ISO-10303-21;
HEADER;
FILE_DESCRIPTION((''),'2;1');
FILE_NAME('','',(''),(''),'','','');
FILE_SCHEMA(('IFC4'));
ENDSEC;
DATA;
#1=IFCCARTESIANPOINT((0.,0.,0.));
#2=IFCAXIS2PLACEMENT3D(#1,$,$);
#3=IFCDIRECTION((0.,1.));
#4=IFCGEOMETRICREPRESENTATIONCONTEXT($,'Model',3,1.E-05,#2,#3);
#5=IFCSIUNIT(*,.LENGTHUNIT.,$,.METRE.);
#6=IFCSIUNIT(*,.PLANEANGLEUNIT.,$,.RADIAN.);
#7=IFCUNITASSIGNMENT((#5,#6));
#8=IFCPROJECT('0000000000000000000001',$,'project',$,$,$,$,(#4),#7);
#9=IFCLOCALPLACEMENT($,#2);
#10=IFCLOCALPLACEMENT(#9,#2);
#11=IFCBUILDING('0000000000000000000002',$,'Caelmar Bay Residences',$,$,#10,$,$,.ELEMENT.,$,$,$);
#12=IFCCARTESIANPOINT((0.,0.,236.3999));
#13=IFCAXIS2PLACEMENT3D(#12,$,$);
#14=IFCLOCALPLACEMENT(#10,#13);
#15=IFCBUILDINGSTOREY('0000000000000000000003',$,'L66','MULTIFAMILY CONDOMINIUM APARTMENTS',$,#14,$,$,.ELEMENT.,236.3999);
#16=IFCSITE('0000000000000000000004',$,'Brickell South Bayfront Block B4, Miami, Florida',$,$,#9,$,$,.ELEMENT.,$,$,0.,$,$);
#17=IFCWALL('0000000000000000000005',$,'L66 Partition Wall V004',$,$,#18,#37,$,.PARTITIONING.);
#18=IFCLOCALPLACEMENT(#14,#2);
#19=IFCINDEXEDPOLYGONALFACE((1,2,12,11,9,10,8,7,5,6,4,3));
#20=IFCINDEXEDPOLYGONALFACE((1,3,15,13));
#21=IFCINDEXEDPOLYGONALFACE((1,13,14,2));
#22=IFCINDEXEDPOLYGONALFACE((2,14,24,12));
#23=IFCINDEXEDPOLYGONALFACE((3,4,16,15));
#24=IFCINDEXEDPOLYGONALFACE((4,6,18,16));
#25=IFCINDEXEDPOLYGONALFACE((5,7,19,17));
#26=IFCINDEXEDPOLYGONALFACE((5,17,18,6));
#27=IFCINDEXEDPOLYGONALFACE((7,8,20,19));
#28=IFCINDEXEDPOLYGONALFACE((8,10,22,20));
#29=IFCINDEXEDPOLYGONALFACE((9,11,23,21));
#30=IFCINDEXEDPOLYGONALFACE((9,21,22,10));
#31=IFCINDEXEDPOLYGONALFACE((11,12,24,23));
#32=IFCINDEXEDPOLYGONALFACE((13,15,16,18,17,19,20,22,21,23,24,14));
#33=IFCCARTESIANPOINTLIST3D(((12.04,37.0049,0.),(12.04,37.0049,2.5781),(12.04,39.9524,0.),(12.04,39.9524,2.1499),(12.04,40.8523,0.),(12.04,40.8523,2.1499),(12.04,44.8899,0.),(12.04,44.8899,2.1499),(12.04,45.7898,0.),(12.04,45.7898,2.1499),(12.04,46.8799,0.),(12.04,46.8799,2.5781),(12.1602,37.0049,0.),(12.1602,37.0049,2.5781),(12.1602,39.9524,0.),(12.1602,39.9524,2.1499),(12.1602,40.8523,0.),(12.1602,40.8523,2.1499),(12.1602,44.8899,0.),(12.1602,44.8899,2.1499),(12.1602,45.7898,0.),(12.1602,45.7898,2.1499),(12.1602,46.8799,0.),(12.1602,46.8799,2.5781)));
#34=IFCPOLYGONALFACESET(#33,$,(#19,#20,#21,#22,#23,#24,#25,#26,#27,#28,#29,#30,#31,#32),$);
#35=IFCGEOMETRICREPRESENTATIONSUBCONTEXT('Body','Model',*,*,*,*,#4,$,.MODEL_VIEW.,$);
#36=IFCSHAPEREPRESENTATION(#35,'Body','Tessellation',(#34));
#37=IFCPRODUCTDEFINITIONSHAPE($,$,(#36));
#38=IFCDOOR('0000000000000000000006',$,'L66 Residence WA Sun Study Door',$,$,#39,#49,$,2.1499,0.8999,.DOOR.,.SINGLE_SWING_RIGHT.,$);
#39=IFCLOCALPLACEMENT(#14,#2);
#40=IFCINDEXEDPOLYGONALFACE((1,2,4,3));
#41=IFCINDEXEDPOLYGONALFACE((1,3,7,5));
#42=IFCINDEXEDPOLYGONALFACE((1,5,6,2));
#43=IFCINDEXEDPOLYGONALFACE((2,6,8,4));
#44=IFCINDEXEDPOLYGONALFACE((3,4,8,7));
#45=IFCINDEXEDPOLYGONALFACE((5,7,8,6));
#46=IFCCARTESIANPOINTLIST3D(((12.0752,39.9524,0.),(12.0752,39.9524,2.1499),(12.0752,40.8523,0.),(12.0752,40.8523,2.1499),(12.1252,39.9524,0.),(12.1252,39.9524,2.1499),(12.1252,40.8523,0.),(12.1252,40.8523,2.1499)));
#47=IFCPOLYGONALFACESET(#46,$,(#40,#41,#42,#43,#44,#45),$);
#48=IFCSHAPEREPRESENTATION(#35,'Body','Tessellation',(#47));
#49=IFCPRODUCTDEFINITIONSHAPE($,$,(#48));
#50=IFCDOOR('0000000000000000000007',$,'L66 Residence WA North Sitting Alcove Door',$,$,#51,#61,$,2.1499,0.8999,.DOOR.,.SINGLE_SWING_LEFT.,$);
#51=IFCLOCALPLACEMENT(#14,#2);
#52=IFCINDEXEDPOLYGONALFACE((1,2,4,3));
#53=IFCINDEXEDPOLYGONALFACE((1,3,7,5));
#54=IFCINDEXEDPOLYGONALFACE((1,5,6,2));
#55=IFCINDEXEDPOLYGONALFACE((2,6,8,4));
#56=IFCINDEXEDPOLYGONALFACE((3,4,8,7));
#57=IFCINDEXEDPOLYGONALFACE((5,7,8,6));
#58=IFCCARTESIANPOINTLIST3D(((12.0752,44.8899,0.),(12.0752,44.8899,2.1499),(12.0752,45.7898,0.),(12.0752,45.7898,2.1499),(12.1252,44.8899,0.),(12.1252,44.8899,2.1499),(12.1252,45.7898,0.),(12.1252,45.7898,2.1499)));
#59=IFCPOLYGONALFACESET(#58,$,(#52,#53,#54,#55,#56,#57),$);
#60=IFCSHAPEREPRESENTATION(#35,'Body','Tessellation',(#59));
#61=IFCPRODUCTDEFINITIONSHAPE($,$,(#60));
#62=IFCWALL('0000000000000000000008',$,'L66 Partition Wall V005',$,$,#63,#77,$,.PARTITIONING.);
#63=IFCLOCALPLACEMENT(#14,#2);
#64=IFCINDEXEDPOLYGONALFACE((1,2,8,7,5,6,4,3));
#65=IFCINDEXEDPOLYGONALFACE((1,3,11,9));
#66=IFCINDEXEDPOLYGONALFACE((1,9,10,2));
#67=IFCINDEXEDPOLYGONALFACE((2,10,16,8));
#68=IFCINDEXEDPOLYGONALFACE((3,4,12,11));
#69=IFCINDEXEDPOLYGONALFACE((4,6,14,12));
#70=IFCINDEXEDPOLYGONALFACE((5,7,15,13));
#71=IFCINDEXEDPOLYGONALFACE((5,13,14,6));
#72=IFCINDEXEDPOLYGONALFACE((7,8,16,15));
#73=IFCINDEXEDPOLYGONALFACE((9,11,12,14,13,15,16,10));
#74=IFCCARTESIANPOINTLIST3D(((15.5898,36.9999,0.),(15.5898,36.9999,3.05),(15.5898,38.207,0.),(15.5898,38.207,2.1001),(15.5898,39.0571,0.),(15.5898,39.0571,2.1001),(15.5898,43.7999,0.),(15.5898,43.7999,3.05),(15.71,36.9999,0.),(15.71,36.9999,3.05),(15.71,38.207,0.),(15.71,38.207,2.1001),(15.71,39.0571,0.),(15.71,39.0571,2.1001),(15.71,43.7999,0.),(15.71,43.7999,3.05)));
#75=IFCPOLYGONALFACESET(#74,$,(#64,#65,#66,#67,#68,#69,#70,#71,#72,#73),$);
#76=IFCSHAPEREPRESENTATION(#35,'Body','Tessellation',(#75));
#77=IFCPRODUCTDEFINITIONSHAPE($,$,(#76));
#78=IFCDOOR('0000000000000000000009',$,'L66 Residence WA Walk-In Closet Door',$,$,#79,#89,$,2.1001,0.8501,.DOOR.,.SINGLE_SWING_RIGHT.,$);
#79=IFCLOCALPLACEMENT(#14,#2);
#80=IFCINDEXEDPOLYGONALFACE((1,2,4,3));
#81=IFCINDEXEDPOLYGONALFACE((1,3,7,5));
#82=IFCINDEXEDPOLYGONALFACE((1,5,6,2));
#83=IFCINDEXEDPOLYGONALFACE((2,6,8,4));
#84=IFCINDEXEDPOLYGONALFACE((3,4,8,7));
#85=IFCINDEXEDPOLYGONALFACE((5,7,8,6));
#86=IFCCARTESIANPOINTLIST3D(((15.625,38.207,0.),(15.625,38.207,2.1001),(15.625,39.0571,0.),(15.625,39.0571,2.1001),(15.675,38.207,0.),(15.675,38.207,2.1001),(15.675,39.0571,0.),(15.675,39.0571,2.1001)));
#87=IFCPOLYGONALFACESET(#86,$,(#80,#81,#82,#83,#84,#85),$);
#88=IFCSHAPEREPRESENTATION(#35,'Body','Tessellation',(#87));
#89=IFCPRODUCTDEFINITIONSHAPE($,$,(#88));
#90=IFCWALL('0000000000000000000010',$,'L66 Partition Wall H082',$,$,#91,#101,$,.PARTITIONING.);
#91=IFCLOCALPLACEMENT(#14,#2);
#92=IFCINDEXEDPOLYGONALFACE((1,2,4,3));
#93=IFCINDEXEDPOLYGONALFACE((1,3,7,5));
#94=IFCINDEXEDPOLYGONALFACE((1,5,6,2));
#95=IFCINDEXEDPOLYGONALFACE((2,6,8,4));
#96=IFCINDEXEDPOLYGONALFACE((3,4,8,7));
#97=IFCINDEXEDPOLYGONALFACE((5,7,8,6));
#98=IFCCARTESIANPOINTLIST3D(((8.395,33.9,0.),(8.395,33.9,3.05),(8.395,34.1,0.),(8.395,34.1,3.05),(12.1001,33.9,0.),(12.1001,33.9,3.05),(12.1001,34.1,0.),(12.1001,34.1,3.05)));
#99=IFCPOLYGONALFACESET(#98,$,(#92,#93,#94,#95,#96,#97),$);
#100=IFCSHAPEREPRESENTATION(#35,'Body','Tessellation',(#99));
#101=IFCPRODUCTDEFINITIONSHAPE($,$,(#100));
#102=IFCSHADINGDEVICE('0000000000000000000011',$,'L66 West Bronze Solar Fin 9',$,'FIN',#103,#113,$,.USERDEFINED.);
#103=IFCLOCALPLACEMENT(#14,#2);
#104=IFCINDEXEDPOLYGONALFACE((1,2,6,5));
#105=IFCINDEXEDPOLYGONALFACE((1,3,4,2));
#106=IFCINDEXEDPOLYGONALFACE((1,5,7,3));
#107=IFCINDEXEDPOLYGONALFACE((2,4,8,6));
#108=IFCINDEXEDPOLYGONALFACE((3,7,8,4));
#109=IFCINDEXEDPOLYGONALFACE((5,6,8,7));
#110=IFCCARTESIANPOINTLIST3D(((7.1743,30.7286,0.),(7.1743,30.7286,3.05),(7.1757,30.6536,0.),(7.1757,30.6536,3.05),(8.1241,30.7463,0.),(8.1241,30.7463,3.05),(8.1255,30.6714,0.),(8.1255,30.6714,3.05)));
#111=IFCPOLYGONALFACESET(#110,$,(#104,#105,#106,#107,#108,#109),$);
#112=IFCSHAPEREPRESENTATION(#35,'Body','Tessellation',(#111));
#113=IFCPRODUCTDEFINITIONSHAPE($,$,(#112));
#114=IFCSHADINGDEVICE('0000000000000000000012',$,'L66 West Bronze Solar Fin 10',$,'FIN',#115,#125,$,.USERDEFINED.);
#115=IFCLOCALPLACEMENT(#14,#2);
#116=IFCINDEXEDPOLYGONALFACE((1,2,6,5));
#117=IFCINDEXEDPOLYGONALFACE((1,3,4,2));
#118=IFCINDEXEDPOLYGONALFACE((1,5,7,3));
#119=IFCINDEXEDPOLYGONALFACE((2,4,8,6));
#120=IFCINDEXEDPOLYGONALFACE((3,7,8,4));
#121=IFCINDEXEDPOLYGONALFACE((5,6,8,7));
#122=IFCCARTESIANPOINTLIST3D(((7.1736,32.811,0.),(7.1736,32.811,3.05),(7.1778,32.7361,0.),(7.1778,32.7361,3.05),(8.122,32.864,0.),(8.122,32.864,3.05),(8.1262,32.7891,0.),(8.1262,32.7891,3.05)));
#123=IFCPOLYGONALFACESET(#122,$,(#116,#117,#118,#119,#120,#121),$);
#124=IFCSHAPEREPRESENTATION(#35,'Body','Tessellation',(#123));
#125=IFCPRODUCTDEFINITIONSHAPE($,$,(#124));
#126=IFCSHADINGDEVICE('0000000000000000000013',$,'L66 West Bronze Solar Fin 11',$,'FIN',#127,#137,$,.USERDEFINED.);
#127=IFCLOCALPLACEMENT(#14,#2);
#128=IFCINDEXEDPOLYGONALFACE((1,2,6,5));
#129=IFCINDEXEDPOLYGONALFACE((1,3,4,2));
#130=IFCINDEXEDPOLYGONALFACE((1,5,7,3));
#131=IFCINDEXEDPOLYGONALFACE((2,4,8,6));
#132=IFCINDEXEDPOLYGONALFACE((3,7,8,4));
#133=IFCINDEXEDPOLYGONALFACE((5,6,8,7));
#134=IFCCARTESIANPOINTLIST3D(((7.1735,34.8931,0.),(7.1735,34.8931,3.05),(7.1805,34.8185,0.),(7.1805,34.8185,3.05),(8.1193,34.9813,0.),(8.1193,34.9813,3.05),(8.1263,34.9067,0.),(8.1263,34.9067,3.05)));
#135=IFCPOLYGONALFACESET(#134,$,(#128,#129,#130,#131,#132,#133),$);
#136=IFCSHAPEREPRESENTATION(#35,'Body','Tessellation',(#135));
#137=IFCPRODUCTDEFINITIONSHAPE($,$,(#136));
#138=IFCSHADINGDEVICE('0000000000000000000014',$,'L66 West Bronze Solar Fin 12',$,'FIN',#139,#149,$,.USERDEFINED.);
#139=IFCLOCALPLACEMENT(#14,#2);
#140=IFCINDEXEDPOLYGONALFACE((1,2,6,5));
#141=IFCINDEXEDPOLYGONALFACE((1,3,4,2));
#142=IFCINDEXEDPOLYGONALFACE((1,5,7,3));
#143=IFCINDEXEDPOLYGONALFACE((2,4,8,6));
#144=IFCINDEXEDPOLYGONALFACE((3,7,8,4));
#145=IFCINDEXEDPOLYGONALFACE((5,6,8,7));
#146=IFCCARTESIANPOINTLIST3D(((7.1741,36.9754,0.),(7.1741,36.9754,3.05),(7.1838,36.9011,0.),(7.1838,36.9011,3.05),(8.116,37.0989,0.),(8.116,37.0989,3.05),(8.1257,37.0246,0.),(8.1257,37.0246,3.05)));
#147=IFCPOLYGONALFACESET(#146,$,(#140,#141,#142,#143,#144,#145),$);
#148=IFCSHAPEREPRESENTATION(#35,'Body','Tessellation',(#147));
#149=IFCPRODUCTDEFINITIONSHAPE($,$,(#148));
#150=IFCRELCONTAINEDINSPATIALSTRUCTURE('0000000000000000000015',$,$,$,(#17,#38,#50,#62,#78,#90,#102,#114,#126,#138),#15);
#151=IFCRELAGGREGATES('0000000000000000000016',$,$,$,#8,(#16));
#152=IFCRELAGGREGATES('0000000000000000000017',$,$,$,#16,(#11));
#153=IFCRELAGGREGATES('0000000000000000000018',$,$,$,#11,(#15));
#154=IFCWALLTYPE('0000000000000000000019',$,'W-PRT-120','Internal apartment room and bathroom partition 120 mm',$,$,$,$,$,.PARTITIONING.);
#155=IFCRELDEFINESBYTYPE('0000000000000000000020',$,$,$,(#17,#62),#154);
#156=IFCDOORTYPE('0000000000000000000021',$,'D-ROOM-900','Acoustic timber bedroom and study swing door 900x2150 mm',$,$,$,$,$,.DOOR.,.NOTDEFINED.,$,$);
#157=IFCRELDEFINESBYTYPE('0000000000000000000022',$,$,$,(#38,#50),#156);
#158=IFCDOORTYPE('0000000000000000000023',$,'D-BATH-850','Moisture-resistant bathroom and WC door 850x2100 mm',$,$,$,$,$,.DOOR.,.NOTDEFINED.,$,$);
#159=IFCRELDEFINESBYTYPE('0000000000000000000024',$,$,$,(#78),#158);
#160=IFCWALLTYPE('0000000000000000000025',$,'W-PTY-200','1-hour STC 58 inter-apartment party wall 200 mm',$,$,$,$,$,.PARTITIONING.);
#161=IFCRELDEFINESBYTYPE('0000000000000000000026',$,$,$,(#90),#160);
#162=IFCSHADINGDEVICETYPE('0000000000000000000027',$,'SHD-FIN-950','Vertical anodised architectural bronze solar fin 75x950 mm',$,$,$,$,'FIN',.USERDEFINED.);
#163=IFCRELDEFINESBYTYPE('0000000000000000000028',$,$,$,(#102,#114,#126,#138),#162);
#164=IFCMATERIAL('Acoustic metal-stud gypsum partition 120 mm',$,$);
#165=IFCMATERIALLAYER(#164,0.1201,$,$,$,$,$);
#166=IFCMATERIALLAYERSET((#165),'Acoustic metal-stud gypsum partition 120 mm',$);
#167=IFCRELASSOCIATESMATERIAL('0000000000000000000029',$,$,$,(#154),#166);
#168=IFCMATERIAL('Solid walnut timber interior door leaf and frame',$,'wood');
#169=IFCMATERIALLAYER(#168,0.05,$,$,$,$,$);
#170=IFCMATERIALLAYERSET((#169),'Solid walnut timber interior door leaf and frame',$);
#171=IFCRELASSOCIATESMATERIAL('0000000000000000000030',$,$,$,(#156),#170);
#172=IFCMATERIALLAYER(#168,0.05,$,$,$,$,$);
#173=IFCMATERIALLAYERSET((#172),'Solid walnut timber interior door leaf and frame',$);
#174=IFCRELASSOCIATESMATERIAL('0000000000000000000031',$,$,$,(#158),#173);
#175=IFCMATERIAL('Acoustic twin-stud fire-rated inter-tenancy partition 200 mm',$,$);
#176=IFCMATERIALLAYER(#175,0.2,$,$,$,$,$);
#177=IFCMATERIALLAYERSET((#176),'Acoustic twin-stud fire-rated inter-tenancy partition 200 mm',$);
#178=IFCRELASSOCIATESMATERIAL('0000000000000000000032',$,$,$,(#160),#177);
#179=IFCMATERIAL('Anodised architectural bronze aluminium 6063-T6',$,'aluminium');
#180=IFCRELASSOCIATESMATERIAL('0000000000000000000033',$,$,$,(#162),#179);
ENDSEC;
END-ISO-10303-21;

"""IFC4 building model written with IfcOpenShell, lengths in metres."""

from ifc_helpers import new_model, si_unit, direction, frame, frame_2d, origin, origin_2d, place, context, subcontext, project, spatial, rectangle, extrude, material, layer, layer_set, material_profile, profile_set, type_object, element, fill, save


model = new_model("IFC4")

# Units and contexts
model_context = context("Model", 3, precision=1e-05, world=origin(), true_north=direction((0.0, 1.0)))
body_context = subcontext(model_context, "Body", "Model", "MODEL_VIEW")
ifc_project = project(units=[si_unit("LENGTHUNIT", "METRE"), si_unit("PLANEANGLEUNIT", "RADIAN")], contexts=[model_context])

# Site, building, storey
site_placement = place(None, origin())
site = spatial("IfcSite", under=ifc_project, at=site_placement, Name="Brickell South Bayfront Block B4, Miami, Florida", CompositionType="ELEMENT", RefElevation=0.0)
building_placement = place(site_placement, origin())
building = spatial("IfcBuilding", under=site, at=building_placement, Name="Caelmar Bay Residences", CompositionType="ELEMENT")
storey_placement = place(building_placement, frame((0.0, 0.0, 236.3999)))
storey = spatial("IfcBuildingStorey", under=building, at=storey_placement, Name="L66", Description="MULTIFAMILY CONDOMINIUM APARTMENTS", CompositionType="ELEMENT", Elevation=236.3999)

# Wall, openings, doors
ifc_material_1 = material(Name="Acoustic metal-stud gypsum partition 120 mm")
ifc_layer_1 = layer(ifc_material_1, 0.1201)
ifc_layer_set_1 = layer_set([ifc_layer_1], Name="Acoustic metal-stud gypsum partition 120 mm")
wall_type_1 = type_object("IfcWallType", Name="W-PRT-120", Description="Internal apartment room and bathroom partition 120 mm", PredefinedType="PARTITIONING", material=ifc_layer_set_1)
wall_1_placement = place(storey_placement, frame((12.1001, 37.0049, 0.0), z_axis=(0.0, 0.0, 1.0), x_axis=(0.0, 1.0, 0.0)))
wall_1 = element("IfcWall", 1, at=wall_1_placement, inside=storey, type_object=wall_type_1, Name="L66 Partition Wall V004", PredefinedType="PARTITIONING", context=body_context, shape_type="SweptSolid", body=[
    extrude(rectangle(XDim=9.875, YDim=0.1201, at=frame_2d((4.9375, 0.0))), origin(), (0.0, 0.0, 1.0), 2.5781),
])
opening_1_placement = place(wall_1_placement, frame((2.9475, 0.0, 0.0)))
opening_1 = element("IfcOpeningElement", 2, at=opening_1_placement, cuts=wall_1, PredefinedType="OPENING", context=body_context, shape_type="SweptSolid", body=[
    extrude(rectangle(XDim=0.8999, YDim=2.1499, at=frame_2d((0.45, 1.075))), frame((0.0, 0.0701, 0.0), z_axis=(0.0, -1.0, 0.0), x_axis=(1.0, 0.0, 0.0)), (0.0, 0.0, 1.0), 0.1401),
])
opening_2_placement = place(wall_1_placement, frame((7.885, 0.0, 0.0)))
opening_2 = element("IfcOpeningElement", 3, at=opening_2_placement, cuts=wall_1, PredefinedType="OPENING", context=body_context, shape_type="SweptSolid", body=[
    extrude(rectangle(XDim=0.8999, YDim=2.1499, at=frame_2d((0.45, 1.075))), frame((0.0, 0.0701, 0.0), z_axis=(0.0, -1.0, 0.0), x_axis=(1.0, 0.0, 0.0)), (0.0, 0.0, 1.0), 0.1401),
])
ifc_material_2 = material(Name="Solid walnut timber interior door leaf and frame", Category="wood")
ifc_layer_2 = layer(ifc_material_2, 0.05)
ifc_layer_set_2 = layer_set([ifc_layer_2], Name="Solid walnut timber interior door leaf and frame")
door_type_1 = type_object("IfcDoorType", Name="D-ROOM-900", Description="Acoustic timber bedroom and study swing door 900x2150 mm", OperationType="NOTDEFINED", PredefinedType="DOOR", material=ifc_layer_set_2)
door_1_placement = place(opening_1_placement, origin())
door_1 = element("IfcDoor", 4, at=door_1_placement, inside=storey, type_object=door_type_1, Name="L66 Residence WA Sun Study Door", OperationType="SINGLE_SWING_RIGHT", OverallHeight=2.1499, OverallWidth=0.8999, PredefinedType="DOOR", context=body_context, shape_type="SweptSolid", body=[
    extrude(rectangle(XDim=0.8999, YDim=2.1499, at=frame_2d((0.45, 1.075))), frame((0.0, 0.0249, 0.0), z_axis=(0.0, -1.0, 0.0), x_axis=(1.0, 0.0, 0.0)), (0.0, 0.0, 1.0), 0.05),
])
fill(opening_1, door_1)
door_2_placement = place(opening_2_placement, origin())
door_2 = element("IfcDoor", 5, at=door_2_placement, inside=storey, type_object=door_type_1, Name="L66 Residence WA North Sitting Alcove Door", OperationType="SINGLE_SWING_LEFT", OverallHeight=2.1499, OverallWidth=0.8999, PredefinedType="DOOR", context=body_context, shape_type="SweptSolid", body=[
    extrude(rectangle(XDim=0.8999, YDim=2.1499, at=frame_2d((0.45, 1.075))), frame((0.0, 0.0249, 0.0), z_axis=(0.0, -1.0, 0.0), x_axis=(1.0, 0.0, 0.0)), (0.0, 0.0, 1.0), 0.05),
])
fill(opening_2, door_2)

# Wall, opening, door
wall_2_placement = place(storey_placement, frame((15.6499, 37.0, 0.0), z_axis=(0.0, 0.0, 1.0), x_axis=(0.0, 1.0, 0.0)))
wall_2 = element("IfcWall", 6, at=wall_2_placement, inside=storey, type_object=wall_type_1, Name="L66 Partition Wall V005", PredefinedType="PARTITIONING", context=body_context, shape_type="SweptSolid", body=[
    extrude(rectangle(XDim=6.8, YDim=0.1201, at=frame_2d((3.3999, 0.0))), origin(), (0.0, 0.0, 1.0), 3.05),
])
opening_3_placement = place(wall_2_placement, frame((1.207, 0.0, 0.0)))
opening_3 = element("IfcOpeningElement", 7, at=opening_3_placement, cuts=wall_2, PredefinedType="OPENING", context=body_context, shape_type="SweptSolid", body=[
    extrude(rectangle(XDim=0.8501, YDim=2.1001, at=frame_2d((0.425, 1.05))), frame((0.0, 0.0701, 0.0), z_axis=(0.0, -1.0, 0.0), x_axis=(1.0, 0.0, 0.0)), (0.0, 0.0, 1.0), 0.1401),
])
ifc_layer_3 = layer(ifc_material_2, 0.05)
ifc_layer_set_3 = layer_set([ifc_layer_3], Name="Solid walnut timber interior door leaf and frame")
door_type_2 = type_object("IfcDoorType", Name="D-BATH-850", Description="Moisture-resistant bathroom and WC door 850x2100 mm", OperationType="NOTDEFINED", PredefinedType="DOOR", material=ifc_layer_set_3)
door_3_placement = place(opening_3_placement, origin())
door_3 = element("IfcDoor", 8, at=door_3_placement, inside=storey, type_object=door_type_2, Name="L66 Residence WA Walk-In Closet Door", OperationType="SINGLE_SWING_RIGHT", OverallHeight=2.1001, OverallWidth=0.8501, PredefinedType="DOOR", context=body_context, shape_type="SweptSolid", body=[
    extrude(rectangle(XDim=0.8501, YDim=2.1001, at=frame_2d((0.425, 1.05))), frame((0.0, 0.0249, 0.0), z_axis=(0.0, -1.0, 0.0), x_axis=(1.0, 0.0, 0.0)), (0.0, 0.0, 1.0), 0.05),
])
fill(opening_3, door_3)

# Wall
ifc_material_3 = material(Name="Acoustic twin-stud fire-rated inter-tenancy partition 200 mm")
ifc_layer_4 = layer(ifc_material_3, 0.2)
ifc_layer_set_4 = layer_set([ifc_layer_4], Name="Acoustic twin-stud fire-rated inter-tenancy partition 200 mm")
wall_type_2 = type_object("IfcWallType", Name="W-PTY-200", Description="1-hour STC 58 inter-apartment party wall 200 mm", PredefinedType="PARTITIONING", material=ifc_layer_set_4)
wall_3_placement = place(storey_placement, frame((8.395, 34.0, 0.0), z_axis=(0.0, 0.0, 1.0), x_axis=(1.0, 0.0, 0.0)))
element("IfcWall", 9, at=wall_3_placement, inside=storey, type_object=wall_type_2, Name="L66 Partition Wall H082", PredefinedType="PARTITIONING", context=body_context, shape_type="SweptSolid", body=[
    extrude(rectangle(XDim=3.7051, YDim=0.2, at=frame_2d((1.8525, 0.0))), origin(), (0.0, 0.0, 1.0), 3.05),
])

# Shading devices
ifc_material_4 = material(Name="Anodised architectural bronze aluminium 6063-T6", Category="aluminium")
ifc_material_profile = material_profile(ifc_material_4, rectangle(XDim=0.075, YDim=0.95, at=origin_2d()), Name="BRONZE-FIN-75X950")
ifc_profile_set = profile_set([ifc_material_profile], Name="Anodised architectural bronze aluminium 6063-T6")
shading_device_type = type_object("IfcShadingDeviceType", Name="SHD-FIN-950", Description="Vertical anodised architectural bronze solar fin 75x950 mm", ElementType="FIN", PredefinedType="USERDEFINED", material=ifc_profile_set)
for number, where, z_axis, x_axis, name in (
    (10, (7.6499, 30.7, 0.0), (0.0, 0.0, 1.0), (-0.018674, 0.999826, 0.0), "L66 West Bronze Solar Fin 9"),
    (11, (7.6499, 32.8, 0.0), (0.0, 0.0, 1.0), (-0.055822, 0.998441, 0.0), "L66 West Bronze Solar Fin 10"),
    (12, (7.6499, 34.8999, 0.0), (0.0, 0.0, 1.0), (-0.092892, 0.995676, 0.0), "L66 West Bronze Solar Fin 11"),
    (13, (7.6499, 37.0, 0.0), (0.0, 0.0, 1.0), (-0.130007, 0.991513, 0.0), "L66 West Bronze Solar Fin 12"),
):
    element("IfcShadingDevice", number, at=place(storey_placement, frame(where, z_axis=z_axis, x_axis=x_axis)), inside=storey, type_object=shading_device_type, Name=name, ObjectType="FIN", PredefinedType="USERDEFINED", context=body_context, shape_type="SweptSolid", body=[
        extrude(rectangle(XDim=0.075, YDim=0.95, at=origin_2d()), origin(), (0.0, 0.0, 1.0), 3.05),
    ])

save(model, "model.ifc")
